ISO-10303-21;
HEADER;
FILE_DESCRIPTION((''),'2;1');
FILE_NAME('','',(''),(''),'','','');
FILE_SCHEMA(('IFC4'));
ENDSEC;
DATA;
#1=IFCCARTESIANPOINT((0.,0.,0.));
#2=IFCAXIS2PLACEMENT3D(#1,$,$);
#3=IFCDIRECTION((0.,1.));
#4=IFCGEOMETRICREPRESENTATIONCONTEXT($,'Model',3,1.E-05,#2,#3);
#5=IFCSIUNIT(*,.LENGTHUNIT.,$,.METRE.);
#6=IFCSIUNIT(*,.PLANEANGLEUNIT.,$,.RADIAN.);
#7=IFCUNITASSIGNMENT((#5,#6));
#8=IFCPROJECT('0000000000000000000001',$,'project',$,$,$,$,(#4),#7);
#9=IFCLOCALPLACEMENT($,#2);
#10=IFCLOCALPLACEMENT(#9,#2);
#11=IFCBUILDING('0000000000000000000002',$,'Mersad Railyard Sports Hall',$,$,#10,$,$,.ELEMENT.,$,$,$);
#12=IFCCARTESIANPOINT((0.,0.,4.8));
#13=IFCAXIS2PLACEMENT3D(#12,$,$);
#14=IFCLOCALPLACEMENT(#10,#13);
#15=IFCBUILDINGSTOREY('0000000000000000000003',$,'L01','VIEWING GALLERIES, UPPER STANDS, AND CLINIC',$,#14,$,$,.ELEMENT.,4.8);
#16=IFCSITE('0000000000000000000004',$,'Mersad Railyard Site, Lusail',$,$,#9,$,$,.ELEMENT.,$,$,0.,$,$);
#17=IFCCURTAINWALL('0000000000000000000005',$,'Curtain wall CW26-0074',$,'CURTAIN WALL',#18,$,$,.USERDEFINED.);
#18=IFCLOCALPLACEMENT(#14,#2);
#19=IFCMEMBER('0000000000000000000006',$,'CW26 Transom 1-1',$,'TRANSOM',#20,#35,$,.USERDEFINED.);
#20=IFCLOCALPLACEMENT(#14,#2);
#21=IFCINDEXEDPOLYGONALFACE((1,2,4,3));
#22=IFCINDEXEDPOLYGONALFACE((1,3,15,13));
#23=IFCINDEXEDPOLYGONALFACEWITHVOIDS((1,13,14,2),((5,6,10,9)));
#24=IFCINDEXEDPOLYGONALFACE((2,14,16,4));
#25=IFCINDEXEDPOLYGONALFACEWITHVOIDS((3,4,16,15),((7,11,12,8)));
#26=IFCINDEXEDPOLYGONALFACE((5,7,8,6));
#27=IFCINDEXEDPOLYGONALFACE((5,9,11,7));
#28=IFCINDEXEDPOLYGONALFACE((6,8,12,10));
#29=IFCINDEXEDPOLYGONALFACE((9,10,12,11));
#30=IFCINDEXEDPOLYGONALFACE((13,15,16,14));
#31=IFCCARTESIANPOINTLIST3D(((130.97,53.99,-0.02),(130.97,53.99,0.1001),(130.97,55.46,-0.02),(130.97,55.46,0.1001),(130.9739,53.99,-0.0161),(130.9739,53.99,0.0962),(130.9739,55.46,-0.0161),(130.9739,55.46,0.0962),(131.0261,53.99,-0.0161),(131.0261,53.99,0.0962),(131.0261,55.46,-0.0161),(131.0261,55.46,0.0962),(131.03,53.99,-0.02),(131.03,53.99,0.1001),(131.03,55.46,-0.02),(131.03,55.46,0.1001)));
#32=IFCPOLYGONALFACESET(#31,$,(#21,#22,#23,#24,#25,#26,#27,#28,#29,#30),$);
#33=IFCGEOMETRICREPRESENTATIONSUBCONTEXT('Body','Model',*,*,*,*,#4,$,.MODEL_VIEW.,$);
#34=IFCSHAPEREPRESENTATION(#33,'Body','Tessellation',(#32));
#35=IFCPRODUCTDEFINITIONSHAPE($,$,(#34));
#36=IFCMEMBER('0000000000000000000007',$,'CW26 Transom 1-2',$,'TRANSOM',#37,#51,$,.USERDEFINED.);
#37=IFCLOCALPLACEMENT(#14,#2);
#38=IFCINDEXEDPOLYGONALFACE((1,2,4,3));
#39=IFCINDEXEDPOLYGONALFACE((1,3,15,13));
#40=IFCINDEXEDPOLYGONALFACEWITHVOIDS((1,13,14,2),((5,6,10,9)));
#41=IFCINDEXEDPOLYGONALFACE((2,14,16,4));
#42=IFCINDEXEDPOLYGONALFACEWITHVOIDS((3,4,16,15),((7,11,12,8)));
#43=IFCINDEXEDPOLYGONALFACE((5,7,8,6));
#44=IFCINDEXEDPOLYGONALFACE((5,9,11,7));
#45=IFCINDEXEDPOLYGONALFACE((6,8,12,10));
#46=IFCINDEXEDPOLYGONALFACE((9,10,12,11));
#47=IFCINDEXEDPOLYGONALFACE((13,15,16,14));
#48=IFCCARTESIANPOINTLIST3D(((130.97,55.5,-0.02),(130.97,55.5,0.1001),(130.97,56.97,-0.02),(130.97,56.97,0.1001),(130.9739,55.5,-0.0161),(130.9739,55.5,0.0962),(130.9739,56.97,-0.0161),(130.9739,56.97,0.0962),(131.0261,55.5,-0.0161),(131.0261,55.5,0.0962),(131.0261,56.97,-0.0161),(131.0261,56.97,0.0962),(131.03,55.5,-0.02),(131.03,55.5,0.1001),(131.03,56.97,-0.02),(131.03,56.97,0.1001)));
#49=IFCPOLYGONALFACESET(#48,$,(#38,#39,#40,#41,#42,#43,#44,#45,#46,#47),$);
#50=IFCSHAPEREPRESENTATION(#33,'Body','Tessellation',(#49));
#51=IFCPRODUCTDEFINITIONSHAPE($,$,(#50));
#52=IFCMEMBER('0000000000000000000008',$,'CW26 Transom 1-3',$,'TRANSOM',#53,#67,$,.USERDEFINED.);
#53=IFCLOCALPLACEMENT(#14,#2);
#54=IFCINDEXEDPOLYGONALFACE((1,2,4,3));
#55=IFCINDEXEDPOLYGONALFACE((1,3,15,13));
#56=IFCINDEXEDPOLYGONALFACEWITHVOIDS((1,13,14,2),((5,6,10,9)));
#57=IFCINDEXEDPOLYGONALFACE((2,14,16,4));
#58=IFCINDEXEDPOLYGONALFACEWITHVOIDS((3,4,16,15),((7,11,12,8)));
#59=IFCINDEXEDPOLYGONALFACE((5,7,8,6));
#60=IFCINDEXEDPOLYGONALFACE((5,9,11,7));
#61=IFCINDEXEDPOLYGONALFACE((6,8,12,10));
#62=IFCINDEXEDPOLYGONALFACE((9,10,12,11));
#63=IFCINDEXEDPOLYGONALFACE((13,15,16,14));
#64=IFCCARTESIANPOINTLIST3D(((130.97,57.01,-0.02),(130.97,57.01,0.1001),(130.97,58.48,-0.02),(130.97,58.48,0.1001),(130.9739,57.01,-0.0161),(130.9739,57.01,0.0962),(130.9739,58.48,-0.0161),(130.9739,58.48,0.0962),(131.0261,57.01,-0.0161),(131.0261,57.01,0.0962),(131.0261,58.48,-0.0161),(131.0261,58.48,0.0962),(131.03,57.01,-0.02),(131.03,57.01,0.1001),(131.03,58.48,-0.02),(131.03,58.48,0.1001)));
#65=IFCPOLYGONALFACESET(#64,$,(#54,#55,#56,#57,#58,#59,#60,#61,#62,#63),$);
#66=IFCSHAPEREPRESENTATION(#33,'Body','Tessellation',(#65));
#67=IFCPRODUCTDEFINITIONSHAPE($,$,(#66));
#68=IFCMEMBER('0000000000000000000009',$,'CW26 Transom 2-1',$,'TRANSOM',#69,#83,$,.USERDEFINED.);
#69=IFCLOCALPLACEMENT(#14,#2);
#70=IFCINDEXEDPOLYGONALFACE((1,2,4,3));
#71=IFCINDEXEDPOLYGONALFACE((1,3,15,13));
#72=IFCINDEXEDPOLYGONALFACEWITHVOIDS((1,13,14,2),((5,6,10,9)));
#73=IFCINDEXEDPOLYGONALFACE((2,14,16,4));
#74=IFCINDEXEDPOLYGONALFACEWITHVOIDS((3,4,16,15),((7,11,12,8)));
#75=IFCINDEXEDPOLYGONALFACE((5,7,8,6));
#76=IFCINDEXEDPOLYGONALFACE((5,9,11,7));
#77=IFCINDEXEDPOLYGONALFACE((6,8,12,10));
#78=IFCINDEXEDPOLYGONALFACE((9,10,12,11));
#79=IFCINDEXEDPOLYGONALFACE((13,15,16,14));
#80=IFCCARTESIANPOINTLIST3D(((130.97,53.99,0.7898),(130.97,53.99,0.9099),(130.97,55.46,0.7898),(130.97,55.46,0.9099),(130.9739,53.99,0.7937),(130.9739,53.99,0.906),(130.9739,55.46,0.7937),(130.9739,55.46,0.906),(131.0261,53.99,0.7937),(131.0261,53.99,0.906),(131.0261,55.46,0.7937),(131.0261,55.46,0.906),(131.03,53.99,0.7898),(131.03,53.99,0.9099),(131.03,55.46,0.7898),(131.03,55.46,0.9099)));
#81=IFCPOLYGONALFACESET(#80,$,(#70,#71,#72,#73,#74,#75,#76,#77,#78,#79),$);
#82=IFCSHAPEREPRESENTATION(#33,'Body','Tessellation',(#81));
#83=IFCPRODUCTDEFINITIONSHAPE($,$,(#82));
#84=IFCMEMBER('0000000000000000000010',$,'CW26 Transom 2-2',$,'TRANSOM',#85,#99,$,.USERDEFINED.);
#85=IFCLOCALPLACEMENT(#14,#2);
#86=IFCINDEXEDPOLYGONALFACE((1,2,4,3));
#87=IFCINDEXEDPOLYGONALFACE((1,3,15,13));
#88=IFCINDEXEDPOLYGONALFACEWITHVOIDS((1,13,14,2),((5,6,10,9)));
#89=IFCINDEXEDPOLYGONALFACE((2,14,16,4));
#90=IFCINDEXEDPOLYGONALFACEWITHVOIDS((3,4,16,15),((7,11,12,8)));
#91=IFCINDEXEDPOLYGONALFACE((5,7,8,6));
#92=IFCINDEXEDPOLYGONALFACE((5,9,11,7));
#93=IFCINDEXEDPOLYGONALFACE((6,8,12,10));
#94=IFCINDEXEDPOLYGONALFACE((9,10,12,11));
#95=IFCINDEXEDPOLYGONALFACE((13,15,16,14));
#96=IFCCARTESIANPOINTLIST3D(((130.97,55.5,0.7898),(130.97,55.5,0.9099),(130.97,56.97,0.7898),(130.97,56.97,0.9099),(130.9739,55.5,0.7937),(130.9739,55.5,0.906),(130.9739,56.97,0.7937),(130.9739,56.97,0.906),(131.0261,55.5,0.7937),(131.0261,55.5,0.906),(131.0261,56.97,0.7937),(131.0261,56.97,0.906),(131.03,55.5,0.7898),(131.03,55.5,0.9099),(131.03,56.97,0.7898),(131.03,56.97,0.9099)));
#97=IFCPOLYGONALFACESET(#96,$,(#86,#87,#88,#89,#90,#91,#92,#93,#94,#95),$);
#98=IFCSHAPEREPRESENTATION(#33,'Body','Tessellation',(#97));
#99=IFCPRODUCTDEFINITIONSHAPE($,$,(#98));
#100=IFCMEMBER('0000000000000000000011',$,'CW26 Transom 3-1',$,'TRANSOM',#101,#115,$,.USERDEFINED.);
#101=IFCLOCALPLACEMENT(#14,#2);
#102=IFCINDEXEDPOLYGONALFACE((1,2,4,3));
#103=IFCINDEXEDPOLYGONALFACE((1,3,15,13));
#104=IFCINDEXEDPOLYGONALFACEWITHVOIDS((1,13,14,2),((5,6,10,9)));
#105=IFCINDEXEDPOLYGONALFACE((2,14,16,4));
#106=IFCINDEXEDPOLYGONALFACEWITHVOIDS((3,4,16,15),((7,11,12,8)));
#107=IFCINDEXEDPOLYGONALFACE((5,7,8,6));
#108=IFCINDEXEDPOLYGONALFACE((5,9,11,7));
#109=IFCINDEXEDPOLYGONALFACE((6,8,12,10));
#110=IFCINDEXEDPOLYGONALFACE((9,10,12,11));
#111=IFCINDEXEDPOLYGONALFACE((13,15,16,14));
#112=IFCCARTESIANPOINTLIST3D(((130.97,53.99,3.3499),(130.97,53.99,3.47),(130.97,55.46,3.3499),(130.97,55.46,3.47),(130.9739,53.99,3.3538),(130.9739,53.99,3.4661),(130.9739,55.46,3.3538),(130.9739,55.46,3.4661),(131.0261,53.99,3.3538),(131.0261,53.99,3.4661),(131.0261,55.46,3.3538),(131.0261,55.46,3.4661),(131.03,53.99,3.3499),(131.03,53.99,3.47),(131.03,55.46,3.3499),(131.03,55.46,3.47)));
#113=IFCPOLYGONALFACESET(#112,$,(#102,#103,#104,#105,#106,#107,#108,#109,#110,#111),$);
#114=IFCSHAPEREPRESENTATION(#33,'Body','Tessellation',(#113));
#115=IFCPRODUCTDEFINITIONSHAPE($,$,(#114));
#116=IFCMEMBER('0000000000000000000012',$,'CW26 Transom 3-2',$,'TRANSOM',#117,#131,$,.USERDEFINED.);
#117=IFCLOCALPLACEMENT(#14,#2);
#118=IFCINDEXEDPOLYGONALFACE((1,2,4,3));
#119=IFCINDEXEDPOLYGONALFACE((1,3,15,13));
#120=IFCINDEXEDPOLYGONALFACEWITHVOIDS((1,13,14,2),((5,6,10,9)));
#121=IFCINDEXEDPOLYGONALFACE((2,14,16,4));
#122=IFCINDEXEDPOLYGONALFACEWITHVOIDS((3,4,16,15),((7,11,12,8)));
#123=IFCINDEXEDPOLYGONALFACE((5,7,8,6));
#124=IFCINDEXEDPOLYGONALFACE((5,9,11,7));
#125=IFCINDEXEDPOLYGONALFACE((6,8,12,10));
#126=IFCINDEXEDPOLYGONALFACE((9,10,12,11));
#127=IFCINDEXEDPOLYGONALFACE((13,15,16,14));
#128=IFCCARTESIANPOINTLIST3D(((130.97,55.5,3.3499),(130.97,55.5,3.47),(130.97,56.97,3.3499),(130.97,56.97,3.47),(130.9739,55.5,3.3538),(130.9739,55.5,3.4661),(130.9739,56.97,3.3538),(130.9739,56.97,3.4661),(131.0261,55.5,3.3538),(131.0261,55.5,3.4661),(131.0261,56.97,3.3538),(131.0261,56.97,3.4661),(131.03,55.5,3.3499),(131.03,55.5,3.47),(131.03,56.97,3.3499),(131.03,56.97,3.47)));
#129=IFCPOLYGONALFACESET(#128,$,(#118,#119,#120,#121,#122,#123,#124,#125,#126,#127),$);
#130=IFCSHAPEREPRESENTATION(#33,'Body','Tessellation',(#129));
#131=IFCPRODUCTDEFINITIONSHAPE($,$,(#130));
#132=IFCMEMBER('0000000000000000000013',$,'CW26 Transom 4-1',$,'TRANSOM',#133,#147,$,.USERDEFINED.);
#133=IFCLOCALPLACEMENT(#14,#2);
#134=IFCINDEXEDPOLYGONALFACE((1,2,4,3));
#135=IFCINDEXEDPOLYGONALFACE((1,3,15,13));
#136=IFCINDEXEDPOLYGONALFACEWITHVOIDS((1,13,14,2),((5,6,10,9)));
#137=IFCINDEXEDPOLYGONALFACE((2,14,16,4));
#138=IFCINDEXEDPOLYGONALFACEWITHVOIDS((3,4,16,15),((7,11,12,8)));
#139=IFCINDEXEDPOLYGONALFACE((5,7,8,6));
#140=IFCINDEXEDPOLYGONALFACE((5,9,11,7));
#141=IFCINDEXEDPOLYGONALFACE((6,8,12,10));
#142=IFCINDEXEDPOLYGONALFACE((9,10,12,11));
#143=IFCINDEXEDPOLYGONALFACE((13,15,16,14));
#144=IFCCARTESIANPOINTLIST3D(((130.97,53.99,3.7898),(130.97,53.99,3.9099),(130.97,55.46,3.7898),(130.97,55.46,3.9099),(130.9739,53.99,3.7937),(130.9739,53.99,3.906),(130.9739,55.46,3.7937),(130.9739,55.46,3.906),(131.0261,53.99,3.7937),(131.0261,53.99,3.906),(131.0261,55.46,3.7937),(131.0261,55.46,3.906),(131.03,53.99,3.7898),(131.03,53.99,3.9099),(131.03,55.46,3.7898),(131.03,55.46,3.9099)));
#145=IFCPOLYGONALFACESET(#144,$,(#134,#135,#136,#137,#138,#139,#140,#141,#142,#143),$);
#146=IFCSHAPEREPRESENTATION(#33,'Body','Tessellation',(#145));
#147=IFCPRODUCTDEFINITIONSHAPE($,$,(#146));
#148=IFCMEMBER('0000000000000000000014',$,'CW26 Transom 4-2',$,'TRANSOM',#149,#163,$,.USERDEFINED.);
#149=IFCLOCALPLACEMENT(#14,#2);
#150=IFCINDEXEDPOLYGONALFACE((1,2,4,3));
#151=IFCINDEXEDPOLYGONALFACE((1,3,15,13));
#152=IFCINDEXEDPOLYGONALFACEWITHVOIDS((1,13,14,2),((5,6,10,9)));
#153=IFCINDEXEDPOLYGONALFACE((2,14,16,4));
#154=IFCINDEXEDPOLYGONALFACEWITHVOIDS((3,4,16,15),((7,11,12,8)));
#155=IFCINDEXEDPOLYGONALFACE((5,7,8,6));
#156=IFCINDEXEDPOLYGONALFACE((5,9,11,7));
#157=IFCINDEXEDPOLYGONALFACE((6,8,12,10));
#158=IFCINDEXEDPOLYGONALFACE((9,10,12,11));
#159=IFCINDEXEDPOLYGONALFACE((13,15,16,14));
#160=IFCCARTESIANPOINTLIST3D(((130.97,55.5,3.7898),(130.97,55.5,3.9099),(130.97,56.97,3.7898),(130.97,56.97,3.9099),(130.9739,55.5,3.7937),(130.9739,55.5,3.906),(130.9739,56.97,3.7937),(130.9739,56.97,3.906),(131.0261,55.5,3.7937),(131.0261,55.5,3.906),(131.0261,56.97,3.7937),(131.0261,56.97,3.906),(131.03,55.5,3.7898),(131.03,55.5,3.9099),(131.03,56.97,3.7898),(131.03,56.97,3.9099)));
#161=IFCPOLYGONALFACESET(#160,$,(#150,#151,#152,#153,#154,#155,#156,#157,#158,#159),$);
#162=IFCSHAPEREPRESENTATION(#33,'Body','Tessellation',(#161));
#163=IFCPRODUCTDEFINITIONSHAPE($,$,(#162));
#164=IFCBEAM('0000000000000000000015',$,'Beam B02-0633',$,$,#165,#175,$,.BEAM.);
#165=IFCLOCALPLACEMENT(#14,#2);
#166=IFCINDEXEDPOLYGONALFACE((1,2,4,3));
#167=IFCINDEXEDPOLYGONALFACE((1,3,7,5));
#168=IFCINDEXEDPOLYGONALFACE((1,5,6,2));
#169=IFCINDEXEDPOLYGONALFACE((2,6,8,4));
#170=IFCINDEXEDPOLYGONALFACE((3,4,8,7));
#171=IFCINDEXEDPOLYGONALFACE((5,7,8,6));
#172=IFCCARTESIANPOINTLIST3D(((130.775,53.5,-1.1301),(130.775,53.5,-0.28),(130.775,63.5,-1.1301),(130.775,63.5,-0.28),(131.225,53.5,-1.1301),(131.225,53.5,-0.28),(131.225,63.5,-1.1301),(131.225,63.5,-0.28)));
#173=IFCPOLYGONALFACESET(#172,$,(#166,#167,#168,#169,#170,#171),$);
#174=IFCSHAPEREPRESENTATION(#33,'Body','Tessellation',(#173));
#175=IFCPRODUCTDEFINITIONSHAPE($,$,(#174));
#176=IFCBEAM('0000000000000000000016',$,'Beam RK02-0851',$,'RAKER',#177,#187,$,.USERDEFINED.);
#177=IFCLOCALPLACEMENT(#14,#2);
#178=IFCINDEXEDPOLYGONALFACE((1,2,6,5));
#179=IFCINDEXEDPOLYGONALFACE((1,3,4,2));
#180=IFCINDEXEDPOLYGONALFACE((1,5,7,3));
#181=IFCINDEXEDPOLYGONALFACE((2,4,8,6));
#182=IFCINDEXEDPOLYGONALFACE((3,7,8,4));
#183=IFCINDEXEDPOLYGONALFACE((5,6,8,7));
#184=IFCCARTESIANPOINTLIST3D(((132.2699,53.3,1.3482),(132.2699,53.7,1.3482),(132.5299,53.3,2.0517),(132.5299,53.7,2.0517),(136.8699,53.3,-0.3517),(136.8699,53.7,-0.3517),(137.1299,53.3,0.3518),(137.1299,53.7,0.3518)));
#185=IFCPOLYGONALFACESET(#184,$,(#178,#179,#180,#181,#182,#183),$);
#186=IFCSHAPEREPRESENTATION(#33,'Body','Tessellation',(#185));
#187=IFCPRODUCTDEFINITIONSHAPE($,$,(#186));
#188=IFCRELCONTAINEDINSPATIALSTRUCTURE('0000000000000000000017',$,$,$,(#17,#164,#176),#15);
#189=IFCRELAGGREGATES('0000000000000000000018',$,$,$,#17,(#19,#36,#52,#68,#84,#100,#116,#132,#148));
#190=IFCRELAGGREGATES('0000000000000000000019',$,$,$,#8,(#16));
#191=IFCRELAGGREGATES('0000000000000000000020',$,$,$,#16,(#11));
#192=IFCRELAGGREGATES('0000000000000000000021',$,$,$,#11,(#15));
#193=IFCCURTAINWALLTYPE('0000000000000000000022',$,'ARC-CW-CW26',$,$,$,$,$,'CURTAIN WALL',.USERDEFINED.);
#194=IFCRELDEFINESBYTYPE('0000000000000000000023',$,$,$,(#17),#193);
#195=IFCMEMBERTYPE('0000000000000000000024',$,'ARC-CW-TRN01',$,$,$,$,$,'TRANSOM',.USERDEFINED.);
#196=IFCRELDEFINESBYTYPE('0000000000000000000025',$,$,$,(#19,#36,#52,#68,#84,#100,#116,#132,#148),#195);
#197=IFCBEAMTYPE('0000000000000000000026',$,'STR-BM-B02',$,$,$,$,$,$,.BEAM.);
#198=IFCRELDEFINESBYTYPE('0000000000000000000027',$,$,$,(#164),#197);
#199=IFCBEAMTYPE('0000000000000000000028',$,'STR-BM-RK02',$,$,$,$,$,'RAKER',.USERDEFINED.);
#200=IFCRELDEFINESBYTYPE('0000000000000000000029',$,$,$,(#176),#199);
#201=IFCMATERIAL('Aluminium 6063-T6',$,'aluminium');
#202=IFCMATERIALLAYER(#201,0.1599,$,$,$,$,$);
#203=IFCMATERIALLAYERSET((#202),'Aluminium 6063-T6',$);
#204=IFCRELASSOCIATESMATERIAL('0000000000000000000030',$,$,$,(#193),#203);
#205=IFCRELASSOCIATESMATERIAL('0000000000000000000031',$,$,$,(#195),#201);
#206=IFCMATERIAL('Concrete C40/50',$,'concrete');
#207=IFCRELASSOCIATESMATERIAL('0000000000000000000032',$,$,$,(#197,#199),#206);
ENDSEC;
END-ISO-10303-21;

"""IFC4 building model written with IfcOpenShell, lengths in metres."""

from ifc_helpers import new_model, si_unit, direction, frame, origin, origin_2d, place, context, subcontext, project, spatial, rectangle, hollow_rectangle, extrude, material, layer, layer_set, material_profile, profile_set, type_object, element, aggregate, save


model = new_model("IFC4")

# Units and contexts
model_context = context("Model", 3, precision=1e-05, world=origin(), true_north=direction((0.0, 1.0)))
body_context = subcontext(model_context, "Body", "Model", "MODEL_VIEW")
ifc_project = project(units=[si_unit("LENGTHUNIT", "METRE"), si_unit("PLANEANGLEUNIT", "RADIAN")], contexts=[model_context])

# Site, building, storey
site_placement = place(None, origin())
site = spatial("IfcSite", under=ifc_project, at=site_placement, Name="Mersad Railyard Site, Lusail", CompositionType="ELEMENT", RefElevation=0.0)
building_placement = place(site_placement, origin())
building = spatial("IfcBuilding", under=site, at=building_placement, Name="Mersad Railyard Sports Hall", CompositionType="ELEMENT")
storey_placement = place(building_placement, frame((0.0, 0.0, 4.8)))
storey = spatial("IfcBuildingStorey", under=building, at=storey_placement, Name="L01", Description="VIEWING GALLERIES, UPPER STANDS, AND CLINIC", CompositionType="ELEMENT", Elevation=4.8)

# Shared definitions
ifc_material_1 = material(Name="Concrete C40/50", Category="concrete")

# Curtain wall
ifc_material_2 = material(Name="Aluminium 6063-T6", Category="aluminium")
ifc_layer_1 = layer(ifc_material_2, 0.1599)
ifc_layer_set_1 = layer_set([ifc_layer_1], Name="Aluminium 6063-T6")
curtain_wall_type_1 = type_object("IfcCurtainWallType", Name="ARC-CW-CW26", ElementType="CURTAIN WALL", PredefinedType="USERDEFINED", material=ifc_layer_set_1)
curtain_wall_1_placement = place(storey_placement, origin())
curtain_wall_1 = element("IfcCurtainWall", 1, at=curtain_wall_1_placement, inside=storey, type_object=curtain_wall_type_1, Name="Curtain wall CW26-0074", ObjectType="CURTAIN WALL", PredefinedType="USERDEFINED")

# Members
ifc_material_profile_1 = material_profile(ifc_material_2, hollow_rectangle(XDim=0.0601, YDim=0.1201, WallThickness=0.0039, at=origin_2d()), Name="AL TRANSOM 60x120x4")
ifc_profile_set_1 = profile_set([ifc_material_profile_1], Name="Aluminium 6063-T6")
member_type_1 = type_object("IfcMemberType", Name="ARC-CW-TRN01", ElementType="TRANSOM", PredefinedType="USERDEFINED", material=ifc_profile_set_1)
member_1_placement = place(storey_placement, frame((131.0, 53.99, 0.04), z_axis=(0.0, 1.0, 0.0), x_axis=(-1.0, 0.0, 0.0)))
member_1 = element("IfcMember", 2, at=member_1_placement, type_object=member_type_1, Name="CW26 Transom 1-1", ObjectType="TRANSOM", PredefinedType="USERDEFINED", context=body_context, shape_type="SweptSolid", body=[
    extrude(hollow_rectangle(XDim=0.0601, YDim=0.1201, WallThickness=0.0039, at=origin_2d()), origin(), (0.0, 0.0, 1.0), 1.47),
])
member_2_placement = place(storey_placement, frame((131.0, 55.5, 0.04), z_axis=(0.0, 1.0, 0.0), x_axis=(-1.0, 0.0, 0.0)))
member_2 = element("IfcMember", 3, at=member_2_placement, type_object=member_type_1, Name="CW26 Transom 1-2", ObjectType="TRANSOM", PredefinedType="USERDEFINED", context=body_context, shape_type="SweptSolid", body=[
    extrude(hollow_rectangle(XDim=0.0601, YDim=0.1201, WallThickness=0.0039, at=origin_2d()), origin(), (0.0, 0.0, 1.0), 1.47),
])
member_3_placement = place(storey_placement, frame((131.0, 57.01, 0.04), z_axis=(0.0, 1.0, 0.0), x_axis=(-1.0, 0.0, 0.0)))
member_3 = element("IfcMember", 4, at=member_3_placement, type_object=member_type_1, Name="CW26 Transom 1-3", ObjectType="TRANSOM", PredefinedType="USERDEFINED", context=body_context, shape_type="SweptSolid", body=[
    extrude(hollow_rectangle(XDim=0.0601, YDim=0.1201, WallThickness=0.0039, at=origin_2d()), origin(), (0.0, 0.0, 1.0), 1.47),
])
member_4_placement = place(storey_placement, frame((131.0, 53.99, 0.8499), z_axis=(0.0, 1.0, 0.0), x_axis=(-1.0, 0.0, 0.0)))
member_4 = element("IfcMember", 5, at=member_4_placement, type_object=member_type_1, Name="CW26 Transom 2-1", ObjectType="TRANSOM", PredefinedType="USERDEFINED", context=body_context, shape_type="SweptSolid", body=[
    extrude(hollow_rectangle(XDim=0.0601, YDim=0.1201, WallThickness=0.0039, at=origin_2d()), origin(), (0.0, 0.0, 1.0), 1.47),
])
member_5_placement = place(storey_placement, frame((131.0, 55.5, 0.8499), z_axis=(0.0, 1.0, 0.0), x_axis=(-1.0, 0.0, 0.0)))
member_5 = element("IfcMember", 6, at=member_5_placement, type_object=member_type_1, Name="CW26 Transom 2-2", ObjectType="TRANSOM", PredefinedType="USERDEFINED", context=body_context, shape_type="SweptSolid", body=[
    extrude(hollow_rectangle(XDim=0.0601, YDim=0.1201, WallThickness=0.0039, at=origin_2d()), origin(), (0.0, 0.0, 1.0), 1.47),
])
member_6_placement = place(storey_placement, frame((131.0, 53.99, 3.4099), z_axis=(0.0, 1.0, 0.0), x_axis=(-1.0, 0.0, 0.0)))
member_6 = element("IfcMember", 7, at=member_6_placement, type_object=member_type_1, Name="CW26 Transom 3-1", ObjectType="TRANSOM", PredefinedType="USERDEFINED", context=body_context, shape_type="SweptSolid", body=[
    extrude(hollow_rectangle(XDim=0.0601, YDim=0.1201, WallThickness=0.0039, at=origin_2d()), origin(), (0.0, 0.0, 1.0), 1.47),
])
member_7_placement = place(storey_placement, frame((131.0, 55.5, 3.4099), z_axis=(0.0, 1.0, 0.0), x_axis=(-1.0, 0.0, 0.0)))
member_7 = element("IfcMember", 8, at=member_7_placement, type_object=member_type_1, Name="CW26 Transom 3-2", ObjectType="TRANSOM", PredefinedType="USERDEFINED", context=body_context, shape_type="SweptSolid", body=[
    extrude(hollow_rectangle(XDim=0.0601, YDim=0.1201, WallThickness=0.0039, at=origin_2d()), origin(), (0.0, 0.0, 1.0), 1.47),
])
member_8_placement = place(storey_placement, frame((131.0, 53.99, 3.8499), z_axis=(0.0, 1.0, 0.0), x_axis=(-1.0, 0.0, 0.0)))
member_8 = element("IfcMember", 9, at=member_8_placement, type_object=member_type_1, Name="CW26 Transom 4-1", ObjectType="TRANSOM", PredefinedType="USERDEFINED", context=body_context, shape_type="SweptSolid", body=[
    extrude(hollow_rectangle(XDim=0.0601, YDim=0.1201, WallThickness=0.0039, at=origin_2d()), origin(), (0.0, 0.0, 1.0), 1.47),
])
member_9_placement = place(storey_placement, frame((131.0, 55.5, 3.8499), z_axis=(0.0, 1.0, 0.0), x_axis=(-1.0, 0.0, 0.0)))
member_9 = element("IfcMember", 10, at=member_9_placement, type_object=member_type_1, Name="CW26 Transom 4-2", ObjectType="TRANSOM", PredefinedType="USERDEFINED", context=body_context, shape_type="SweptSolid", body=[
    extrude(hollow_rectangle(XDim=0.0601, YDim=0.1201, WallThickness=0.0039, at=origin_2d()), origin(), (0.0, 0.0, 1.0), 1.47),
])

# Beams
ifc_material_profile_2 = material_profile(ifc_material_1, rectangle(XDim=0.45, YDim=0.8501, at=origin_2d()), Name="RC 450x850")
ifc_profile_set_2 = profile_set([ifc_material_profile_2], Name="Concrete C40/50")
beam_type_1 = type_object("IfcBeamType", Name="STR-BM-B02", PredefinedType="BEAM", material=ifc_profile_set_2)
beam_1_placement = place(storey_placement, frame((131.0, 53.5, -0.7051), z_axis=(0.0, 1.0, 0.0), x_axis=(-1.0, 0.0, 0.0)))
element("IfcBeam", 11, at=beam_1_placement, inside=storey, type_object=beam_type_1, Name="Beam B02-0633", PredefinedType="BEAM", context=body_context, shape_type="SweptSolid", body=[
    extrude(rectangle(XDim=0.45, YDim=0.8501, at=origin_2d()), origin(), (0.0, 0.0, 1.0), 10.0),
])
ifc_material_profile_3 = material_profile(ifc_material_1, rectangle(XDim=0.3999, YDim=0.75, at=origin_2d()), Name="RC 400x750")
ifc_profile_set_3 = profile_set([ifc_material_profile_3], Name="Concrete C40/50")
beam_type_2 = type_object("IfcBeamType", Name="STR-BM-RK02", ElementType="RAKER", PredefinedType="USERDEFINED", material=ifc_profile_set_3)
beam_2_placement = place(storey_placement, frame((132.3999, 53.5, 1.7), z_axis=(0.938, 0.0, -0.346635), x_axis=(0.0, 1.0, 0.0)))
element("IfcBeam", 12, at=beam_2_placement, inside=storey, type_object=beam_type_2, Name="Beam RK02-0851", ObjectType="RAKER", PredefinedType="USERDEFINED", context=body_context, shape_type="SweptSolid", body=[
    extrude(rectangle(XDim=0.3999, YDim=0.75, at=origin_2d()), origin(), (0.0, 0.0, 1.0), 4.9041),
])

aggregate(curtain_wall_1, [member_1, member_2, member_3, member_4, member_5, member_6, member_7, member_8, member_9])

save(model, "model.ifc")
